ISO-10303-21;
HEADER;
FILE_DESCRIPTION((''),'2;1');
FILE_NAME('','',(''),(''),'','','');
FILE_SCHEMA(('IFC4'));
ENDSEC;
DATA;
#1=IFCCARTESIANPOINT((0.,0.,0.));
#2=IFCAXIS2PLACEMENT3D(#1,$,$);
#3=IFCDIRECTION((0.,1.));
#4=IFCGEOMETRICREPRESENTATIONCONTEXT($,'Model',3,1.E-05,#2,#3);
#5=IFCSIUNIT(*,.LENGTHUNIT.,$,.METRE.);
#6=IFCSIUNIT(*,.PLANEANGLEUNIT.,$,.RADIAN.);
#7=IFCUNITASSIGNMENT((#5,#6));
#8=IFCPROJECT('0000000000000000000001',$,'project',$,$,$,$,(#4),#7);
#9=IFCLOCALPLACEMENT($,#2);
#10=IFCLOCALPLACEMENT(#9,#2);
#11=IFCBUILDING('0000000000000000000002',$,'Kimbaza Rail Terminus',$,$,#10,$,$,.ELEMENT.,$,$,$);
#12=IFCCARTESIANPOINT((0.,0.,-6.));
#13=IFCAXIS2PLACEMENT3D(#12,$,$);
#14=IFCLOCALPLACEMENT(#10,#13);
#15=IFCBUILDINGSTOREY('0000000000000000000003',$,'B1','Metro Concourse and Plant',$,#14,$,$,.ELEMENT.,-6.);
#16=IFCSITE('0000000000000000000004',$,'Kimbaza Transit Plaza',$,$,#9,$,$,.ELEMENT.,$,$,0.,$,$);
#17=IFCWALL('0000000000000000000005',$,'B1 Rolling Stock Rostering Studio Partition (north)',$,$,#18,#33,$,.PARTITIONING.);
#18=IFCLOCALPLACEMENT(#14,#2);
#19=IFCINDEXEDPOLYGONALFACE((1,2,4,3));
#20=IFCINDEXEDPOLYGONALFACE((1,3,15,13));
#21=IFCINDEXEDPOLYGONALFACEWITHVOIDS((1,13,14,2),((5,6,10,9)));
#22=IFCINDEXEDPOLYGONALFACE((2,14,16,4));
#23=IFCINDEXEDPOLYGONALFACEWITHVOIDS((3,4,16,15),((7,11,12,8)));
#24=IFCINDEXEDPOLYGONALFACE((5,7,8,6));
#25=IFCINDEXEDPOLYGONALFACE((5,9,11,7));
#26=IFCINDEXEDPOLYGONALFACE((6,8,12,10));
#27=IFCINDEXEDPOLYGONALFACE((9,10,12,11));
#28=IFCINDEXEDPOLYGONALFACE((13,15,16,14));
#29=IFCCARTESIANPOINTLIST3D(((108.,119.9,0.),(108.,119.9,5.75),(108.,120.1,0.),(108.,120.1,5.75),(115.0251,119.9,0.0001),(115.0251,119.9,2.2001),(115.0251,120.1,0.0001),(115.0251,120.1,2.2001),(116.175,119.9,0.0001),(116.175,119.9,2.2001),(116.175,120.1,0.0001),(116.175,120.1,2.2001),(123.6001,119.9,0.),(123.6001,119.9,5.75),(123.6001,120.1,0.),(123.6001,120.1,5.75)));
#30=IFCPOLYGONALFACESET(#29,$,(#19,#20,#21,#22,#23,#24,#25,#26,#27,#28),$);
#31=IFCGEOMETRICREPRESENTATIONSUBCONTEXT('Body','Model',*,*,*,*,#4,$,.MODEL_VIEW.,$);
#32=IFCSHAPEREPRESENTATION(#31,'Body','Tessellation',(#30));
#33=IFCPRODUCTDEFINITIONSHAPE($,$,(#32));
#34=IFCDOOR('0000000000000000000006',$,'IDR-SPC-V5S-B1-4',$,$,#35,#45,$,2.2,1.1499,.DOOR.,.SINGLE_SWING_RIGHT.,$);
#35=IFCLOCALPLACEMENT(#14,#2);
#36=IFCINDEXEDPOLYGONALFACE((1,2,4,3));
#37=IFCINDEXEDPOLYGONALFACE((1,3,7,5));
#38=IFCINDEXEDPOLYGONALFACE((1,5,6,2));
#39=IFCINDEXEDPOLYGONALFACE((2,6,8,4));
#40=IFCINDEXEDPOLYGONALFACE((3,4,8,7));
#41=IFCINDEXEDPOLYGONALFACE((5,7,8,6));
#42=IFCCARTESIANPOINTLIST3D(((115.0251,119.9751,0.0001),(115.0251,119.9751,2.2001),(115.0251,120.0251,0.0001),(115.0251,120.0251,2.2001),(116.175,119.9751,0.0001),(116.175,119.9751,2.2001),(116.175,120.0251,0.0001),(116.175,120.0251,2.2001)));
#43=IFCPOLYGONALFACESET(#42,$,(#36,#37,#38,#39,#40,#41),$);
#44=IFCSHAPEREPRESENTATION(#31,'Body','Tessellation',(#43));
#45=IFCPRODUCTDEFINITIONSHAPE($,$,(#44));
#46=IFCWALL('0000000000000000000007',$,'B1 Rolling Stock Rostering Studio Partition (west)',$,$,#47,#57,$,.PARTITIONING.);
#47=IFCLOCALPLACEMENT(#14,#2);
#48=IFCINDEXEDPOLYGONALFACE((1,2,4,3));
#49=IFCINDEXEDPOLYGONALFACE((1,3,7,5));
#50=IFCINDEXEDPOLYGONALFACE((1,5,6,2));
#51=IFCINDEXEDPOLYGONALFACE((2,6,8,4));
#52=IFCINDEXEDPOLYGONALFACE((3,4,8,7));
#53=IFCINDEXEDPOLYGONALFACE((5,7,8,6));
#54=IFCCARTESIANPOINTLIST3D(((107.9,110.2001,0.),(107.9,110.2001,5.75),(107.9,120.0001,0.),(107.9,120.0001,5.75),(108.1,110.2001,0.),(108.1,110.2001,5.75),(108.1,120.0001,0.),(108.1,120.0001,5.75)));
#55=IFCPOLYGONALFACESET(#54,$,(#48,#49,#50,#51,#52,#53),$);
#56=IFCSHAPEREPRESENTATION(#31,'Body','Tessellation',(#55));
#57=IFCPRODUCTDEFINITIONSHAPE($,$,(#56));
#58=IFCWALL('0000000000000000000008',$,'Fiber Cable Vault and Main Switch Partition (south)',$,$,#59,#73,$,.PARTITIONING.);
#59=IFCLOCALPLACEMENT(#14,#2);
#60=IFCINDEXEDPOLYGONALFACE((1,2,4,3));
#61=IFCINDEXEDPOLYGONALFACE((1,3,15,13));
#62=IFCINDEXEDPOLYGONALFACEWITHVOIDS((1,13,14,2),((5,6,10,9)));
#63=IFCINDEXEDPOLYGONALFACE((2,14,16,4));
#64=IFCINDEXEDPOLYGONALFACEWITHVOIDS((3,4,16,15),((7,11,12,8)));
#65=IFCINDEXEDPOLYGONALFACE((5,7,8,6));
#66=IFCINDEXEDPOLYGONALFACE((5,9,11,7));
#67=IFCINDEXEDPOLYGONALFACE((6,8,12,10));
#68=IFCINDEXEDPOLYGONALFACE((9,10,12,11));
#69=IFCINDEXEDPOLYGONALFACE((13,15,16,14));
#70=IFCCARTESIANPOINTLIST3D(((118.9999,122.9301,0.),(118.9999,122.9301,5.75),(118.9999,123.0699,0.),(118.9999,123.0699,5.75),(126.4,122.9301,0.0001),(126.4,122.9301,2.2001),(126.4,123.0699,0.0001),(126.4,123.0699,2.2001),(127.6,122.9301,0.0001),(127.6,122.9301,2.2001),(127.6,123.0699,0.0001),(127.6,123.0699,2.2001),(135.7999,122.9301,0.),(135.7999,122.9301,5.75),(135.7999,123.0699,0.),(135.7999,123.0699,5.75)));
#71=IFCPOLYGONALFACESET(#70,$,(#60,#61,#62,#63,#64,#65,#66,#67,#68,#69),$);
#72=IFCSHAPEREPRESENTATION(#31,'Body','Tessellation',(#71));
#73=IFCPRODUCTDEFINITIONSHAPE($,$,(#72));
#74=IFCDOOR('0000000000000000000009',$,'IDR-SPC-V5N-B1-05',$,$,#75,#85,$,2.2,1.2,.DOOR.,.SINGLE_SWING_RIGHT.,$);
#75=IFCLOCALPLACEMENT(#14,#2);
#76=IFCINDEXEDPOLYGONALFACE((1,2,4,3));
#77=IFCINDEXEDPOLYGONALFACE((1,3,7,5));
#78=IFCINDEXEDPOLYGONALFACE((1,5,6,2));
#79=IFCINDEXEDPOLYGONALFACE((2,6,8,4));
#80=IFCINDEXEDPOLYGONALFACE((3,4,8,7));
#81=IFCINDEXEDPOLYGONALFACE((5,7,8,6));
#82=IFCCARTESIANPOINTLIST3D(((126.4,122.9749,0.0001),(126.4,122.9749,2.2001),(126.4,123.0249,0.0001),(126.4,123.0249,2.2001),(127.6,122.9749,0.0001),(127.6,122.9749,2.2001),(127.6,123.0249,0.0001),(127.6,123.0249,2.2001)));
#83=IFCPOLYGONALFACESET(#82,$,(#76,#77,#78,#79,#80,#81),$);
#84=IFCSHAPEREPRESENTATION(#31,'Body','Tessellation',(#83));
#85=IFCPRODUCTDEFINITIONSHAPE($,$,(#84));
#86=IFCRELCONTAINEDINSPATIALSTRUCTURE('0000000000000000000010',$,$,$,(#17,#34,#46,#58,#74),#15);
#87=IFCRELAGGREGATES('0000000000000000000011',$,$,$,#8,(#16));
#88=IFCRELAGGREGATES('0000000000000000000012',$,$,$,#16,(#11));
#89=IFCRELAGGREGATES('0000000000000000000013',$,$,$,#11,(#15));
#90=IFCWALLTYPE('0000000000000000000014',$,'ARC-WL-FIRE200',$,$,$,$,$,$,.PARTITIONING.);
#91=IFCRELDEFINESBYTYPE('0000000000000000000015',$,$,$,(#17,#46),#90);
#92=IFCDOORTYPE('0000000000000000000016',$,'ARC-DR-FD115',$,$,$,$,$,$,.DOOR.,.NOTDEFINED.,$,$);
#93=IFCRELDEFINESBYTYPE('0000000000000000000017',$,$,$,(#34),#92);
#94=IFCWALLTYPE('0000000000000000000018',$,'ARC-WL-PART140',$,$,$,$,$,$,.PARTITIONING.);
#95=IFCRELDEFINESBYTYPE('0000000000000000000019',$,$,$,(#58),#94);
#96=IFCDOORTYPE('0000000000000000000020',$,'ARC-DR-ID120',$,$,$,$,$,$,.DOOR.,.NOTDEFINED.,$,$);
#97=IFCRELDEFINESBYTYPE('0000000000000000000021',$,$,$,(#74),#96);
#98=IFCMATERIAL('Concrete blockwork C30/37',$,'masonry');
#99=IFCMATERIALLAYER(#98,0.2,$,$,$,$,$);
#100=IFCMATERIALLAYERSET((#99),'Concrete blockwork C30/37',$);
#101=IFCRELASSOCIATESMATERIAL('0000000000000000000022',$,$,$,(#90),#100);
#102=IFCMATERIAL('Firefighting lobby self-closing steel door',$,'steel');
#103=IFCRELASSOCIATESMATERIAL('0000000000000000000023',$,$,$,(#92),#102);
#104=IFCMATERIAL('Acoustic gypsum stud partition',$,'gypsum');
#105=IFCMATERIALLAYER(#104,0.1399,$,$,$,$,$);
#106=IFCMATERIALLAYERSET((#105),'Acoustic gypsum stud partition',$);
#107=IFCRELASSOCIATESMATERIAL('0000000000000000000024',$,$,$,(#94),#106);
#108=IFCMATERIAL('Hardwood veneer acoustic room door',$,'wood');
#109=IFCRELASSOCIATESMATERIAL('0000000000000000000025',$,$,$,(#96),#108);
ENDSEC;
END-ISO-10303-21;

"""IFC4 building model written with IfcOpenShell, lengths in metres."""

from ifc_helpers import new_model, si_unit, direction, frame, frame_2d, origin, place, context, subcontext, project, spatial, rectangle, extrude, material, layer, layer_set, type_object, element, fill, save


model = new_model("IFC4")

# Units and contexts
model_context = context("Model", 3, precision=1e-05, world=origin(), true_north=direction((0.0, 1.0)))
body_context = subcontext(model_context, "Body", "Model", "MODEL_VIEW")
ifc_project = project(units=[si_unit("LENGTHUNIT", "METRE"), si_unit("PLANEANGLEUNIT", "RADIAN")], contexts=[model_context])

# Site, building, storey
site_placement = place(None, origin())
site = spatial("IfcSite", under=ifc_project, at=site_placement, Name="Kimbaza Transit Plaza", CompositionType="ELEMENT", RefElevation=0.0)
building_placement = place(site_placement, origin())
building = spatial("IfcBuilding", under=site, at=building_placement, Name="Kimbaza Rail Terminus", CompositionType="ELEMENT")
storey_placement = place(building_placement, frame((0.0, 0.0, -6.0)))
storey = spatial("IfcBuildingStorey", under=building, at=storey_placement, Name="B1", Description="Metro Concourse and Plant", CompositionType="ELEMENT", Elevation=-6.0)

# Shared definitions
ifc_material_1 = material(Name="Concrete blockwork C30/37", Category="masonry")
ifc_layer_1 = layer(ifc_material_1, 0.2)
ifc_layer_set_1 = layer_set([ifc_layer_1], Name="Concrete blockwork C30/37")
wall_type_1 = type_object("IfcWallType", Name="ARC-WL-FIRE200", PredefinedType="PARTITIONING", material=ifc_layer_set_1)

# Wall, opening, door
wall_1_placement = place(storey_placement, frame((123.6001, 120.0, 0.0), z_axis=(0.0, 0.0, 1.0), x_axis=(-1.0, 0.0, 0.0)))
wall_1 = element("IfcWall", 1, at=wall_1_placement, inside=storey, type_object=wall_type_1, Name="B1 Rolling Stock Rostering Studio Partition (north)", PredefinedType="PARTITIONING", context=body_context, shape_type="SweptSolid", body=[
    extrude(rectangle(XDim=15.6001, YDim=0.2, at=frame_2d((7.8, 0.0))), origin(), (0.0, 0.0, 1.0), 5.75),
])
opening_1_placement = place(wall_1_placement, frame((7.425, 0.0, 0.0)))
opening_1 = element("IfcOpeningElement", 2, at=opening_1_placement, cuts=wall_1, PredefinedType="OPENING", context=body_context, shape_type="SweptSolid", body=[
    extrude(rectangle(XDim=1.1499, YDim=2.2, at=frame_2d((0.575, 1.1001))), frame((0.0, 0.1099, 0.0), z_axis=(0.0, -1.0, 0.0), x_axis=(1.0, 0.0, 0.0)), (0.0, 0.0, 1.0), 0.22),
])
ifc_material_2 = material(Name="Firefighting lobby self-closing steel door", Category="steel")
door_type_1 = type_object("IfcDoorType", Name="ARC-DR-FD115", OperationType="NOTDEFINED", PredefinedType="DOOR", material=ifc_material_2)
door_1_placement = place(opening_1_placement, origin())
door_1 = element("IfcDoor", 3, at=door_1_placement, inside=storey, type_object=door_type_1, Name="IDR-SPC-V5S-B1-4", OperationType="SINGLE_SWING_RIGHT", OverallHeight=2.2, OverallWidth=1.1499, PredefinedType="DOOR", context=body_context, shape_type="SweptSolid", body=[
    extrude(rectangle(XDim=1.1499, YDim=2.2, at=frame_2d((0.575, 1.1001))), frame((0.0, 0.0249, 0.0), z_axis=(0.0, -1.0, 0.0), x_axis=(1.0, 0.0, 0.0)), (0.0, 0.0, 1.0), 0.05),
])
fill(opening_1, door_1)

# Wall
wall_2_placement = place(storey_placement, frame((108.0, 120.0, 0.0), z_axis=(0.0, 0.0, 1.0), x_axis=(0.0, -1.0, 0.0)))
element("IfcWall", 4, at=wall_2_placement, inside=storey, type_object=wall_type_1, Name="B1 Rolling Stock Rostering Studio Partition (west)", PredefinedType="PARTITIONING", context=body_context, shape_type="SweptSolid", body=[
    extrude(rectangle(XDim=9.8, YDim=0.2, at=frame_2d((4.8999, 0.0))), origin(), (0.0, 0.0, 1.0), 5.75),
])

# Wall, opening, door
ifc_material_3 = material(Name="Acoustic gypsum stud partition", Category="gypsum")
ifc_layer_2 = layer(ifc_material_3, 0.1399)
ifc_layer_set_2 = layer_set([ifc_layer_2], Name="Acoustic gypsum stud partition")
wall_type_2 = type_object("IfcWallType", Name="ARC-WL-PART140", PredefinedType="PARTITIONING", material=ifc_layer_set_2)
wall_3_placement = place(storey_placement, frame((119.0, 123.0, 0.0), z_axis=(0.0, 0.0, 1.0), x_axis=(1.0, 0.0, 0.0)))
wall_3 = element("IfcWall", 5, at=wall_3_placement, inside=storey, type_object=wall_type_2, Name="Fiber Cable Vault and Main Switch Partition (south)", PredefinedType="PARTITIONING", context=body_context, shape_type="SweptSolid", body=[
    extrude(rectangle(XDim=16.8, YDim=0.1399, at=frame_2d((8.3999, 0.0))), origin(), (0.0, 0.0, 1.0), 5.75),
])
opening_2_placement = place(wall_3_placement, frame((7.3999, 0.0, 0.0)))
opening_2 = element("IfcOpeningElement", 6, at=opening_2_placement, cuts=wall_3, PredefinedType="OPENING", context=body_context, shape_type="SweptSolid", body=[
    extrude(rectangle(XDim=1.2, YDim=2.2, at=frame_2d((0.6001, 1.1001))), frame((0.0, 0.0798, 0.0), z_axis=(0.0, -1.0, 0.0), x_axis=(1.0, 0.0, 0.0)), (0.0, 0.0, 1.0), 0.1599),
])
ifc_material_4 = material(Name="Hardwood veneer acoustic room door", Category="wood")
door_type_2 = type_object("IfcDoorType", Name="ARC-DR-ID120", OperationType="NOTDEFINED", PredefinedType="DOOR", material=ifc_material_4)
door_2_placement = place(opening_2_placement, origin())
door_2 = element("IfcDoor", 7, at=door_2_placement, inside=storey, type_object=door_type_2, Name="IDR-SPC-V5N-B1-05", OperationType="SINGLE_SWING_RIGHT", OverallHeight=2.2, OverallWidth=1.2, PredefinedType="DOOR", context=body_context, shape_type="SweptSolid", body=[
    extrude(rectangle(XDim=1.2, YDim=2.2, at=frame_2d((0.6001, 1.1001))), frame((0.0, 0.0249, 0.0), z_axis=(0.0, -1.0, 0.0), x_axis=(1.0, 0.0, 0.0)), (0.0, 0.0, 1.0), 0.05),
])
fill(opening_2, door_2)

save(model, "model.ifc")
